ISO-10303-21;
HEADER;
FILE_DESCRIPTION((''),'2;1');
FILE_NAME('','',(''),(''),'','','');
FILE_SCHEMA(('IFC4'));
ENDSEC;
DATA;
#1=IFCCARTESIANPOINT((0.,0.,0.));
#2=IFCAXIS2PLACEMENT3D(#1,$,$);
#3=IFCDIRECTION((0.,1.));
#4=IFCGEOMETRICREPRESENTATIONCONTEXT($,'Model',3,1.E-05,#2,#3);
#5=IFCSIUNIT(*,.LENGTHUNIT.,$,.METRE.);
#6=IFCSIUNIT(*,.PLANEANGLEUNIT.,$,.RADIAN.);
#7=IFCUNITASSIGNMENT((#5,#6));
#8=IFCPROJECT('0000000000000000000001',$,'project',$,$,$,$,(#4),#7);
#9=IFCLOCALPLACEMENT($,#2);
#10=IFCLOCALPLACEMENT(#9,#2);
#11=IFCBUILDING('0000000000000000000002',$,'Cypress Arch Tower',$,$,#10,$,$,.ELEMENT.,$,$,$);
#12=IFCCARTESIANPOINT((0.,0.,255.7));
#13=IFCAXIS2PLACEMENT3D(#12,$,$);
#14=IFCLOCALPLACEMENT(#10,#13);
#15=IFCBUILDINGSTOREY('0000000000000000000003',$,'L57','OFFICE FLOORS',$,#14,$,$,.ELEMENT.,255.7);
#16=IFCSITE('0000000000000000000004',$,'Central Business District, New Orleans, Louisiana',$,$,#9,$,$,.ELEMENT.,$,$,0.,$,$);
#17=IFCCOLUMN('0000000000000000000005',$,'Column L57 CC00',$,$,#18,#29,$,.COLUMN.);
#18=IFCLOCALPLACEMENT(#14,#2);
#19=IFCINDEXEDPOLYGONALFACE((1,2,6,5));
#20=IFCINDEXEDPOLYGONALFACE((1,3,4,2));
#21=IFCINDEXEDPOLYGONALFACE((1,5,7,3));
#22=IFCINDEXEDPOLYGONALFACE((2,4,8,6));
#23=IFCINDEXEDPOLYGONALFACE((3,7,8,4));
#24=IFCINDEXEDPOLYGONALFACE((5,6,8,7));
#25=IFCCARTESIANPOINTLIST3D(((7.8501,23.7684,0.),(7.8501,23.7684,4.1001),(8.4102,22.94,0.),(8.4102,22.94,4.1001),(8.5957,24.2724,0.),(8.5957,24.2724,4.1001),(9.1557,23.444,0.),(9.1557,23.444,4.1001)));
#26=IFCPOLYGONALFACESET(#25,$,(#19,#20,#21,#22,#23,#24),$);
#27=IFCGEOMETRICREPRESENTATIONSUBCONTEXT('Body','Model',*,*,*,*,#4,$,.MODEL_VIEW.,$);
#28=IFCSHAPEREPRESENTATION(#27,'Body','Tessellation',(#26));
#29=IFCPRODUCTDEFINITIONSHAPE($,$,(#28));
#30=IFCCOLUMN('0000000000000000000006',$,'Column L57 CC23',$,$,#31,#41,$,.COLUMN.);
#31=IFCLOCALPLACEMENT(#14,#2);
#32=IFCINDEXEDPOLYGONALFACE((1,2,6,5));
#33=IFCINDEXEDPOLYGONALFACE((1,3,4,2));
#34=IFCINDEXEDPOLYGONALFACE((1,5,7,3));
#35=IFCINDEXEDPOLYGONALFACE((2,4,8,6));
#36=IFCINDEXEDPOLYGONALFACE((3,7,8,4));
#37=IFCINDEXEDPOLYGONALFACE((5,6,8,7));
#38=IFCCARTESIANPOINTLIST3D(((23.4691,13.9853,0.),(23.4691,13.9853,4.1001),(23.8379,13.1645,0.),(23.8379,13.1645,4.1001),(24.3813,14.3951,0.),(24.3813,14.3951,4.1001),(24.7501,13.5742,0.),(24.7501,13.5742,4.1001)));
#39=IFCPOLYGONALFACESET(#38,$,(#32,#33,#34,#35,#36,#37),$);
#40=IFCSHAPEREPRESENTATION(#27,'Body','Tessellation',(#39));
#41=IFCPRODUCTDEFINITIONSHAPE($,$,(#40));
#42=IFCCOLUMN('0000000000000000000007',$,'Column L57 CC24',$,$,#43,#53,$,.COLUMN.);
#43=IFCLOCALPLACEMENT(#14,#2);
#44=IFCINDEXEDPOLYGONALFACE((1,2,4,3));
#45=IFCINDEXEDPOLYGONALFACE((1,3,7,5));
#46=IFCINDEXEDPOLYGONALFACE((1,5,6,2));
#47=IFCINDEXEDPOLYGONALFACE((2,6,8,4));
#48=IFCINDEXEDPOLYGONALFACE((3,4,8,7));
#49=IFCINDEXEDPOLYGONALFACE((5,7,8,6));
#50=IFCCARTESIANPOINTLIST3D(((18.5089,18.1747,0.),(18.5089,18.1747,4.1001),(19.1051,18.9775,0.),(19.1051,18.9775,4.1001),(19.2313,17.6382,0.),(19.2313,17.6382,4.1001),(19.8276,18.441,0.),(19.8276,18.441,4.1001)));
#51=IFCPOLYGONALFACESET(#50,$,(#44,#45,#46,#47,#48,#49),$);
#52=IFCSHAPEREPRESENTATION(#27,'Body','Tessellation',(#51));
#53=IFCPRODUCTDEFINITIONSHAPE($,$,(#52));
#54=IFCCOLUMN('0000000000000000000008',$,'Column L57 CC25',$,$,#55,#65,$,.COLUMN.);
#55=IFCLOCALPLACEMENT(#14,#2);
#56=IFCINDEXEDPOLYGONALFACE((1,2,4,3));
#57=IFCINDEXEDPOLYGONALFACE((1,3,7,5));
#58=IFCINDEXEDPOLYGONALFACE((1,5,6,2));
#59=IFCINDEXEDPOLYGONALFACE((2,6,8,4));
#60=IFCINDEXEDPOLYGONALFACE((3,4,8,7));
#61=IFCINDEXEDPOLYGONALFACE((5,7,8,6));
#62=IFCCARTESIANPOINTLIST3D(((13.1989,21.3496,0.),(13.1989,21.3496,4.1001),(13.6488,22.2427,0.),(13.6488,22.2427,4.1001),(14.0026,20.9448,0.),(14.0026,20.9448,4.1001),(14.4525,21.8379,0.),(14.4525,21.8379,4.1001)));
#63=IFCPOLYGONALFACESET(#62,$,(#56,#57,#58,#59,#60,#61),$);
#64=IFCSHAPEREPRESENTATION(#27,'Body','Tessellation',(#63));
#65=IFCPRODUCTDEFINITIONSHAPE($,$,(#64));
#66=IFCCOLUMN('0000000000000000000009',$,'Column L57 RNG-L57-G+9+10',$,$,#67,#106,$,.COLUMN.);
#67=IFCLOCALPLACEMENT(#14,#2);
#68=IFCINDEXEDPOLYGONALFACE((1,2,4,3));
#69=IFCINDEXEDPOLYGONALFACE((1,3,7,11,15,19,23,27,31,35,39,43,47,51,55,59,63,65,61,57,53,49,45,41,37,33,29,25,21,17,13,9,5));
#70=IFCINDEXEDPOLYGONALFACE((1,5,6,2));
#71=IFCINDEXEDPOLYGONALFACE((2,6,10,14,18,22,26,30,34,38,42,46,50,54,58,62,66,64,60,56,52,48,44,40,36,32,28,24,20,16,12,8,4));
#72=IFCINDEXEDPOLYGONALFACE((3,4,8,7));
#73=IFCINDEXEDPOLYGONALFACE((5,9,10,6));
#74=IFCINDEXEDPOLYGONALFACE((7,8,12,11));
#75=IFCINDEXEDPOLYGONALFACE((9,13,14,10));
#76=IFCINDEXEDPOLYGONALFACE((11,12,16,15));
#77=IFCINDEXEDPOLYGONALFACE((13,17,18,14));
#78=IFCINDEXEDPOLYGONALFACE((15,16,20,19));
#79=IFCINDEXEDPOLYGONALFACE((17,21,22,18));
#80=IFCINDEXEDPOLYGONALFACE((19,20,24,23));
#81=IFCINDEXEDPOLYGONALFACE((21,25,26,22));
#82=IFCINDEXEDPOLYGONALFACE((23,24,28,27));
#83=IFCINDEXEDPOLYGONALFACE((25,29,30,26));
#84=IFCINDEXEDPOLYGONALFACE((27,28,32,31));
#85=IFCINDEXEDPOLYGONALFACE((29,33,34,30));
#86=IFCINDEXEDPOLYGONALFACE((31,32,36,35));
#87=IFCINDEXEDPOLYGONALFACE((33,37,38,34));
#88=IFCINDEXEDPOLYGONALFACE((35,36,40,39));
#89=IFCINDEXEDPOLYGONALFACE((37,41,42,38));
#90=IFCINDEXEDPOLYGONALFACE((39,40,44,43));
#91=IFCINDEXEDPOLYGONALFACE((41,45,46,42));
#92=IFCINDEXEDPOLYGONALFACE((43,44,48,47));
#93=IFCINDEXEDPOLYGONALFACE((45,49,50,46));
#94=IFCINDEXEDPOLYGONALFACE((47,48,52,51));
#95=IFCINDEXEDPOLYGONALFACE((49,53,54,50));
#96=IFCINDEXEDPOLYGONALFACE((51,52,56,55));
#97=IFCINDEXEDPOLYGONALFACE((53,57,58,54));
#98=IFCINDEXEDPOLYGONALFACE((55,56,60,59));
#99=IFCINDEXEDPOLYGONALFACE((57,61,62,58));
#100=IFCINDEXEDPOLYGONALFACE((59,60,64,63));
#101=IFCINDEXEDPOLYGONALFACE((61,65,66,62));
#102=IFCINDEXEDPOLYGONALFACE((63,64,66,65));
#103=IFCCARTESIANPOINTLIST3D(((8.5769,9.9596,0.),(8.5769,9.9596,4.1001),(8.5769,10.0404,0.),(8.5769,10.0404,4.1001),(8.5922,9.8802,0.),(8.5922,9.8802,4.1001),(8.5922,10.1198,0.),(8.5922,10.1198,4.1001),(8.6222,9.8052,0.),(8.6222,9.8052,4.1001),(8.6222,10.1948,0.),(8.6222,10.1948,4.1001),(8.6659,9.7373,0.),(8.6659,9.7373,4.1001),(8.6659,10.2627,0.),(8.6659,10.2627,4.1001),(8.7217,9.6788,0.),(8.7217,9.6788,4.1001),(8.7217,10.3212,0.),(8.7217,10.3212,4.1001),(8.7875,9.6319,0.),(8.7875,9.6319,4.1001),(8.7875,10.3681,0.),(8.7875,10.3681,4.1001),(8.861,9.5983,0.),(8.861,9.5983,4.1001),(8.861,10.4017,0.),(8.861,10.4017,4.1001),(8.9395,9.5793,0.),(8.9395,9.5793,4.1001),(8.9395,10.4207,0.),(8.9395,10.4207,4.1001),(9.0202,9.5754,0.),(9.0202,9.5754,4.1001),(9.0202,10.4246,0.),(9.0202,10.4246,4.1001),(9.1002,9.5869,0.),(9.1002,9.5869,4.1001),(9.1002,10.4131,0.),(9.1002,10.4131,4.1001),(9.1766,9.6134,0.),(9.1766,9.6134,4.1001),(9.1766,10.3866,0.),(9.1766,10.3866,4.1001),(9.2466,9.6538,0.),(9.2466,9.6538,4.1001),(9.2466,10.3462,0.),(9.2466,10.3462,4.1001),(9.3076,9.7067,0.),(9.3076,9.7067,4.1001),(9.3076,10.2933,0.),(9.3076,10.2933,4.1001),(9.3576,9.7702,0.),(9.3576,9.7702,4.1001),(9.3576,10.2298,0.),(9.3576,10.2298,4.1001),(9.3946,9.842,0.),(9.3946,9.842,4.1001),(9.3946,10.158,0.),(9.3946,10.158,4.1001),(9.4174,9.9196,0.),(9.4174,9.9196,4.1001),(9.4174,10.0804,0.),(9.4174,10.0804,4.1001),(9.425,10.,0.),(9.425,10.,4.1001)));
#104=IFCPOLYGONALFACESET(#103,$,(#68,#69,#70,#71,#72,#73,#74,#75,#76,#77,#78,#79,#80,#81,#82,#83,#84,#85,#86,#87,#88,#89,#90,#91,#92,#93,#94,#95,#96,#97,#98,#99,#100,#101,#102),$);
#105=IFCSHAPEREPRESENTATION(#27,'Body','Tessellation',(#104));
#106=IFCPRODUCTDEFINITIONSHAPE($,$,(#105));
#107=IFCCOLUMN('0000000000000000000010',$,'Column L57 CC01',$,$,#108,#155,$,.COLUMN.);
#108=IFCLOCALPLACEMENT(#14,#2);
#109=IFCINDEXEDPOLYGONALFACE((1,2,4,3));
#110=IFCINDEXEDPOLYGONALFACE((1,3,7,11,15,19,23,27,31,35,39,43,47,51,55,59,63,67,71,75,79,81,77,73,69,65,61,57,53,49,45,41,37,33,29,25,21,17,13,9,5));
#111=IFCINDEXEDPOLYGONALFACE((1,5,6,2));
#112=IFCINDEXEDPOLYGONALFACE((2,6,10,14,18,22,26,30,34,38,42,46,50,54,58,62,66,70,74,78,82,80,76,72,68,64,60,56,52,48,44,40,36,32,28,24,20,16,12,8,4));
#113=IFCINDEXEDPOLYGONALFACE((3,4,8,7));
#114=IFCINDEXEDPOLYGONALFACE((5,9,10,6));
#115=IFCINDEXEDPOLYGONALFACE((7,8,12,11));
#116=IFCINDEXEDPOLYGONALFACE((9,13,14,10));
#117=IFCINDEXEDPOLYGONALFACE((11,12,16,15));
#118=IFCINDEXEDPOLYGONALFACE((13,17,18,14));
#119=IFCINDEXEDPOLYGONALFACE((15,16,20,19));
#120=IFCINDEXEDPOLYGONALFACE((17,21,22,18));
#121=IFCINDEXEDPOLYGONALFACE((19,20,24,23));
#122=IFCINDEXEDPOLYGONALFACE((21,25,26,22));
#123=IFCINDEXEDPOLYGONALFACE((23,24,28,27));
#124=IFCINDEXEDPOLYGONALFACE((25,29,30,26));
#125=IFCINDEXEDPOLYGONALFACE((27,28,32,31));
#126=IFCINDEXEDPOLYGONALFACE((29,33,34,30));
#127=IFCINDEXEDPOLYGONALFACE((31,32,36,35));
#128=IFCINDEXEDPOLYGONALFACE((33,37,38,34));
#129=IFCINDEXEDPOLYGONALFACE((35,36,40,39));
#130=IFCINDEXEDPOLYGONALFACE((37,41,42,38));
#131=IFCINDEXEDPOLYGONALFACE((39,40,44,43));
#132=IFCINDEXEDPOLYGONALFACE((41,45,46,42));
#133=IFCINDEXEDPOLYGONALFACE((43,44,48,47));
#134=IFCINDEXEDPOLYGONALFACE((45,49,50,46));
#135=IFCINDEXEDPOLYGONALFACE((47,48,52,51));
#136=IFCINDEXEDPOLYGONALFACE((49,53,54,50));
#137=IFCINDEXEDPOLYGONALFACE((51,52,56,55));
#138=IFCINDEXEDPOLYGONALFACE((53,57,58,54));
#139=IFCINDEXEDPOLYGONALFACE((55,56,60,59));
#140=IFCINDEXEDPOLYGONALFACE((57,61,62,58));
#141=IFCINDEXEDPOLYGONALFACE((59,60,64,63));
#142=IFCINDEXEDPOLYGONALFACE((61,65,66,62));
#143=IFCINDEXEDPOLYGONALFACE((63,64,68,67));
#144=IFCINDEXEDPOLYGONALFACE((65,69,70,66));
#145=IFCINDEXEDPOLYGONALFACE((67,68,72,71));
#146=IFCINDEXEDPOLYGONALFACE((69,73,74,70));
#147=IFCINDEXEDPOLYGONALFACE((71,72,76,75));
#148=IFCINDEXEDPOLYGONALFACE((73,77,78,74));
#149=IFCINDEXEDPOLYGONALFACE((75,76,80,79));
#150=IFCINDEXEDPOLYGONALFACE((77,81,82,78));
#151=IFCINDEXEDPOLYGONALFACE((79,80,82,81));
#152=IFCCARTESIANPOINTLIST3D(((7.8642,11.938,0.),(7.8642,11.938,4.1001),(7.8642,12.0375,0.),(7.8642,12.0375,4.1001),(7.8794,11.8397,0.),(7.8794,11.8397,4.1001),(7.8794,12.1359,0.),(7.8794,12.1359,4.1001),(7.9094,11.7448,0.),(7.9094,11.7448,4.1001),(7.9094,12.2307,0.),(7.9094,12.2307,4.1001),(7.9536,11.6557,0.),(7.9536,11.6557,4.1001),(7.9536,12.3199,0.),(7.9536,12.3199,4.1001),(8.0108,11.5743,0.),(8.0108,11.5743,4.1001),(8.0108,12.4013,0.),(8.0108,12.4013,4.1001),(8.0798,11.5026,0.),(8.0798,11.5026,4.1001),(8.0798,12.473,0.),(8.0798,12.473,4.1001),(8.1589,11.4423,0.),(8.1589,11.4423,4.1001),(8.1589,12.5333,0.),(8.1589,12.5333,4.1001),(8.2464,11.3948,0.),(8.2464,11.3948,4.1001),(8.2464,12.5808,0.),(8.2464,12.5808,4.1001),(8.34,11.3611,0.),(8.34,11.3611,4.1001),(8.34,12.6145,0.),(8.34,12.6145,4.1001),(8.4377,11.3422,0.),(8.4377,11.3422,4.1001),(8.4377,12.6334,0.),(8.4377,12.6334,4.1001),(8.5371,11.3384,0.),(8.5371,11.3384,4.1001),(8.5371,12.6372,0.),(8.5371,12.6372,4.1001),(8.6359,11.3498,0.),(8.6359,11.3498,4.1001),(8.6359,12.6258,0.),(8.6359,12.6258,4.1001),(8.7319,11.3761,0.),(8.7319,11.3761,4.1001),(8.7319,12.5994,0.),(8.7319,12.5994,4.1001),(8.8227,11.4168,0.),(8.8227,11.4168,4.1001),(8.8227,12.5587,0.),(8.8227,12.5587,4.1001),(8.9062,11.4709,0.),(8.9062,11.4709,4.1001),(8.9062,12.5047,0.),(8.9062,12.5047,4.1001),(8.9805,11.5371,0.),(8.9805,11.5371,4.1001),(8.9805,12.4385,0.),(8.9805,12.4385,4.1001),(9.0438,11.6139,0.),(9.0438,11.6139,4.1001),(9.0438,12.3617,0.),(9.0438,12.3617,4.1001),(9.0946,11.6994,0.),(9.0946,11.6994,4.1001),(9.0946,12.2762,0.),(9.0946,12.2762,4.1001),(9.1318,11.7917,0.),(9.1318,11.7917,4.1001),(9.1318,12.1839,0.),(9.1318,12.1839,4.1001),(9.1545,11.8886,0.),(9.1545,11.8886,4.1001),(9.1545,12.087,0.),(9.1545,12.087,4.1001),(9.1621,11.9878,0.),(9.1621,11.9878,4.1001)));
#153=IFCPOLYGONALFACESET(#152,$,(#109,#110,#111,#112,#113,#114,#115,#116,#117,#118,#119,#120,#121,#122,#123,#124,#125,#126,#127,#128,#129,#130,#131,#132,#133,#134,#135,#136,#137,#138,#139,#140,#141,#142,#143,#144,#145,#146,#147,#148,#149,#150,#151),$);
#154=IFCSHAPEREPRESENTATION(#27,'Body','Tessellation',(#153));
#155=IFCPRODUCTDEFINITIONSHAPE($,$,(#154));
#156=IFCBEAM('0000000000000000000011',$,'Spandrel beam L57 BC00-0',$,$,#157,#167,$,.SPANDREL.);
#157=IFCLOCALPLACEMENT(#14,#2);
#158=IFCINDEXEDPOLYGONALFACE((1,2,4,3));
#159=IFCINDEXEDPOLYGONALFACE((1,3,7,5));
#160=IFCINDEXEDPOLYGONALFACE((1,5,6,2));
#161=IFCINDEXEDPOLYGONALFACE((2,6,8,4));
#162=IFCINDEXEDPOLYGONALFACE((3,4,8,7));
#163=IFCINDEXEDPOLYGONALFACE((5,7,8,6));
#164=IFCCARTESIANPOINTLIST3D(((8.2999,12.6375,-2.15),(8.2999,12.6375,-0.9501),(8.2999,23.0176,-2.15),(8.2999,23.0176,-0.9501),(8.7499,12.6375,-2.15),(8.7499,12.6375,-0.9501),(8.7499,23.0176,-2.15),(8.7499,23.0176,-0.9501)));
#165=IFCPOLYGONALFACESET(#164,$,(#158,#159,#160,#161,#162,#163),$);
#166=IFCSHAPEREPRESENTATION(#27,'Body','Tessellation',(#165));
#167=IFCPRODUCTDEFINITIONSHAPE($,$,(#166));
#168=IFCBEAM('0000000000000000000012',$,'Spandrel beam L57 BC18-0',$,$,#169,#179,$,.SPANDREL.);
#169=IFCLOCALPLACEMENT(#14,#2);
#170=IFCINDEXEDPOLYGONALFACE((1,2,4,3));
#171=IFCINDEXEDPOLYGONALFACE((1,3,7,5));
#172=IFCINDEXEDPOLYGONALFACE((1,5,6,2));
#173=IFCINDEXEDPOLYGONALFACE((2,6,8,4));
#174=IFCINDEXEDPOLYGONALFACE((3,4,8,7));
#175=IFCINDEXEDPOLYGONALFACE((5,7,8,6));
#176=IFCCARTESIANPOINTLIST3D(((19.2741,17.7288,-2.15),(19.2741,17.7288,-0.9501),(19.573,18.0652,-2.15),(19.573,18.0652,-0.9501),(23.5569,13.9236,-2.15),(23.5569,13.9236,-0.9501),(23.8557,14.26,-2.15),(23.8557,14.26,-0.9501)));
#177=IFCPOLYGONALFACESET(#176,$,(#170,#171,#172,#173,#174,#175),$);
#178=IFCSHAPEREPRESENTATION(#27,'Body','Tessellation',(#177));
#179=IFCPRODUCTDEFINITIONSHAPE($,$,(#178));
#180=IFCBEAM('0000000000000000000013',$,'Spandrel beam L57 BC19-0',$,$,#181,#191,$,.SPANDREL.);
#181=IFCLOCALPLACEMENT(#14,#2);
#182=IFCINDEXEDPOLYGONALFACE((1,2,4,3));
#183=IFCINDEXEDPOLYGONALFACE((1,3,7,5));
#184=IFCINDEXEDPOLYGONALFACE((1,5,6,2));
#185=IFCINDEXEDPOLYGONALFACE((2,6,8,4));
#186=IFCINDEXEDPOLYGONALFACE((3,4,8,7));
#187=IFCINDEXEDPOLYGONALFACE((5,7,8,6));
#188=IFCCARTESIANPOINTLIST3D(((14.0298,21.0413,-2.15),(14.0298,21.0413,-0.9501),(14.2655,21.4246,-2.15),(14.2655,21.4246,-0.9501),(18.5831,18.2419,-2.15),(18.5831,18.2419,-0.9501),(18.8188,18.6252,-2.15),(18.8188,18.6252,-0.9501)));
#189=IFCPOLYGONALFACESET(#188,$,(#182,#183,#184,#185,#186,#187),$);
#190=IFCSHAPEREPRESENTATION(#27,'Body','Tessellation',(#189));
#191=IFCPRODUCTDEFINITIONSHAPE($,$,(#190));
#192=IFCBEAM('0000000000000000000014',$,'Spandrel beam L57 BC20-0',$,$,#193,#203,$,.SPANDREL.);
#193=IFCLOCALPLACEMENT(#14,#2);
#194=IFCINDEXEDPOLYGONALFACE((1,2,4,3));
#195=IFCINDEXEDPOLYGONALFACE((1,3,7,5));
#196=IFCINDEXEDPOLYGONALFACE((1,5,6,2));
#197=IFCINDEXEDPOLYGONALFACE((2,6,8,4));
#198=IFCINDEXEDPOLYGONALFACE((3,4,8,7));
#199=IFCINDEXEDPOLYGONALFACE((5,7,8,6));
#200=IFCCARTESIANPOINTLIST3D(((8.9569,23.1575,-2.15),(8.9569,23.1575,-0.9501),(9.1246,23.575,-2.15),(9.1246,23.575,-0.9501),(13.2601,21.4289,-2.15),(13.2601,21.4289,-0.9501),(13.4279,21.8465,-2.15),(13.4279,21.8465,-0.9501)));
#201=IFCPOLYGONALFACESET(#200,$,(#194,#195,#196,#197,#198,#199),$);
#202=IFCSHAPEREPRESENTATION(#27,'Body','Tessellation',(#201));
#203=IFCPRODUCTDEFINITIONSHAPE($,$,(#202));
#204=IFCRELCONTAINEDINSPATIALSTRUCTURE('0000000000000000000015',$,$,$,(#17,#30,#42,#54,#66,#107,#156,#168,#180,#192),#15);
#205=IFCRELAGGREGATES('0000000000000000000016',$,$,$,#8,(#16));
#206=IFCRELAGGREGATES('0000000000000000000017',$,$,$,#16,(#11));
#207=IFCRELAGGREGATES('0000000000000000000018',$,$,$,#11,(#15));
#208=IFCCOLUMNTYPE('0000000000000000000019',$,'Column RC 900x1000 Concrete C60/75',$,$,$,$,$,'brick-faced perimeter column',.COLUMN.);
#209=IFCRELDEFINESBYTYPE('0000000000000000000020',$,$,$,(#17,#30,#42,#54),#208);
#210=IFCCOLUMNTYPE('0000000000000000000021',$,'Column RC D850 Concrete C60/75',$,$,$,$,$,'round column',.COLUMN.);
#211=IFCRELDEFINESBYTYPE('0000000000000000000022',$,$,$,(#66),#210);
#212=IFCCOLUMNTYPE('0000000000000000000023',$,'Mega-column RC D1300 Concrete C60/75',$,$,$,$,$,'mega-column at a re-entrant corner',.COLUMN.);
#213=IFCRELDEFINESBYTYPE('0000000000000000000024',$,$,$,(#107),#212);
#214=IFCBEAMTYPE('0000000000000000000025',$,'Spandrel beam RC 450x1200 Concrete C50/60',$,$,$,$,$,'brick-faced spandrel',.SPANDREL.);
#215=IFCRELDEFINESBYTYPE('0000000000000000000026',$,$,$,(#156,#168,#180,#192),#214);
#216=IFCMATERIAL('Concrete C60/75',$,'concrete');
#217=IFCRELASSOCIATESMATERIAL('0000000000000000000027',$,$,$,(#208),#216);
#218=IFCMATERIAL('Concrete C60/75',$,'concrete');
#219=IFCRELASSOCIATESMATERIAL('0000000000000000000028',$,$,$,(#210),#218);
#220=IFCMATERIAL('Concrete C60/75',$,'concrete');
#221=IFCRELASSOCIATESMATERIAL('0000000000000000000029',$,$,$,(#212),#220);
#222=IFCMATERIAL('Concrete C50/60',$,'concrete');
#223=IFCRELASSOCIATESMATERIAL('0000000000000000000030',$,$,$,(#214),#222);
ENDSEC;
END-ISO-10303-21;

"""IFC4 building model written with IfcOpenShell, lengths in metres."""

from ifc_helpers import new_model, si_unit, direction, frame, origin, origin_2d, place, context, subcontext, project, spatial, rectangle, circle, extrude, material, material_profile, profile_set, type_object, element, save


model = new_model("IFC4")

# Units and contexts
model_context = context("Model", 3, precision=1e-05, world=origin(), true_north=direction((0.0, 1.0)))
body_context = subcontext(model_context, "Body", "Model", "MODEL_VIEW")
ifc_project = project(units=[si_unit("LENGTHUNIT", "METRE"), si_unit("PLANEANGLEUNIT", "RADIAN")], contexts=[model_context])

# Site, building, storey
site_placement = place(None, origin())
site = spatial("IfcSite", under=ifc_project, at=site_placement, Name="Central Business District, New Orleans, Louisiana", CompositionType="ELEMENT", RefElevation=0.0)
building_placement = place(site_placement, origin())
building = spatial("IfcBuilding", under=site, at=building_placement, Name="Cypress Arch Tower", CompositionType="ELEMENT")
storey_placement = place(building_placement, frame((0.0, 0.0, 255.7)))
storey = spatial("IfcBuildingStorey", under=building, at=storey_placement, Name="L57", Description="OFFICE FLOORS", CompositionType="ELEMENT", Elevation=255.7)

# Columns
ifc_material_1 = material(Name="Concrete C60/75", Category="concrete")
ifc_material_profile_1 = material_profile(ifc_material_1, rectangle(XDim=0.8999, YDim=1.0, at=origin_2d()), Name="RC 900x1000")
ifc_profile_set_1 = profile_set([ifc_material_profile_1], Name="Concrete C60/75")
column_type_1 = type_object("IfcColumnType", Name="Column RC 900x1000 Concrete C60/75", ElementType="brick-faced perimeter column", PredefinedType="COLUMN", material=ifc_profile_set_1)
for number, where, z_axis, x_axis, name in (
    (1, (8.5029, 23.6062, 0.0), (0.0, 0.0, 1.0), (-0.82847, -0.560034, 0.0), "Column L57 CC00"),
    (2, (24.1096, 13.7798, 0.0), (0.0, 0.0, 1.0), (-0.409765, 0.912191, 0.0), "Column L57 CC23"),
    (3, (19.1682, 18.3079, 0.0), (0.0, 0.0, 1.0), (-0.802799, 0.59625, 0.0), "Column L57 CC24"),
    (4, (13.8257, 21.5938, 0.0), (0.0, 0.0, 1.0), (-0.893106, 0.449845, 0.0), "Column L57 CC25"),
):
    element("IfcColumn", number, at=place(storey_placement, frame(where, z_axis=z_axis, x_axis=x_axis)), inside=storey, type_object=column_type_1, Name=name, PredefinedType="COLUMN", context=body_context, shape_type="SweptSolid", body=[
        extrude(rectangle(XDim=0.8999, YDim=1.0, at=origin_2d()), origin(), (0.0, 0.0, 1.0), 4.1001),
    ])
ifc_material_2 = material(Name="Concrete C60/75", Category="concrete")
ifc_material_profile_2 = material_profile(ifc_material_2, circle(Radius=0.425, at=origin_2d()), Name="RC D850")
ifc_profile_set_2 = profile_set([ifc_material_profile_2], Name="Concrete C60/75")
column_type_2 = type_object("IfcColumnType", Name="Column RC D850 Concrete C60/75", ElementType="round column", PredefinedType="COLUMN", material=ifc_profile_set_2)
column_1_placement = place(storey_placement, frame((9.0, 10.0, 0.0), z_axis=(0.0, 0.0, 1.0), x_axis=(1.0, 0.0, 0.0)))
element("IfcColumn", 5, at=column_1_placement, inside=storey, type_object=column_type_2, Name="Column L57 RNG-L57-G+9+10", PredefinedType="COLUMN", context=body_context, shape_type="SweptSolid", body=[
    extrude(circle(Radius=0.425, at=origin_2d()), origin(), (0.0, 0.0, 1.0), 4.1001),
])
ifc_material_3 = material(Name="Concrete C60/75", Category="concrete")
ifc_material_profile_3 = material_profile(ifc_material_3, circle(Radius=0.6499, at=origin_2d()), Name="RC D1300")
ifc_profile_set_3 = profile_set([ifc_material_profile_3], Name="Concrete C60/75")
column_type_3 = type_object("IfcColumnType", Name="Mega-column RC D1300 Concrete C60/75", ElementType="mega-column at a re-entrant corner", PredefinedType="COLUMN", material=ifc_profile_set_3)
column_2_placement = place(storey_placement, frame((8.5122, 11.9878, 0.0), z_axis=(0.0, 0.0, 1.0), x_axis=(1.0, 0.0, 0.0)))
element("IfcColumn", 6, at=column_2_placement, inside=storey, type_object=column_type_3, Name="Column L57 CC01", PredefinedType="COLUMN", context=body_context, shape_type="SweptSolid", body=[
    extrude(circle(Radius=0.6499, at=origin_2d()), origin(), (0.0, 0.0, 1.0), 4.1001),
])

# Beams
ifc_material_4 = material(Name="Concrete C50/60", Category="concrete")
ifc_material_profile_4 = material_profile(ifc_material_4, rectangle(XDim=0.45, YDim=1.2, at=origin_2d()), Name="RC 450x1200")
ifc_profile_set_4 = profile_set([ifc_material_profile_4], Name="Concrete C50/60")
beam_type = type_object("IfcBeamType", Name="Spandrel beam RC 450x1200 Concrete C50/60", ElementType="brick-faced spandrel", PredefinedType="SPANDREL", material=ifc_profile_set_4)
beam_1_placement = place(storey_placement, frame((8.5249, 23.0176, -1.55), z_axis=(0.0, -1.0, 0.0), x_axis=(1.0, 0.0, 0.0)))
element("IfcBeam", 7, at=beam_1_placement, inside=storey, type_object=beam_type, Name="Spandrel beam L57 BC00-0", PredefinedType="SPANDREL", context=body_context, shape_type="SweptSolid", body=[
    extrude(rectangle(XDim=0.45, YDim=1.2, at=origin_2d()), origin(), (0.0, 0.0, 1.0), 10.3801),
])
beam_2_placement = place(storey_placement, frame((23.7063, 14.0918, -1.55), z_axis=(-0.747555, 0.6642, 0.0), x_axis=(-0.6642, -0.747555, 0.0)))
element("IfcBeam", 8, at=beam_2_placement, inside=storey, type_object=beam_type, Name="Spandrel beam L57 BC18-0", PredefinedType="SPANDREL", context=body_context, shape_type="SweptSolid", body=[
    extrude(rectangle(XDim=0.45, YDim=1.2, at=origin_2d()), origin(), (0.0, 0.0, 1.0), 5.729),
])
beam_3_placement = place(storey_placement, frame((18.7009, 18.4336, -1.55), z_axis=(-0.851881, 0.523735, 0.0), x_axis=(-0.523735, -0.851881, 0.0)))
element("IfcBeam", 9, at=beam_3_placement, inside=storey, type_object=beam_type, Name="Spandrel beam L57 BC19-0", PredefinedType="SPANDREL", context=body_context, shape_type="SweptSolid", body=[
    extrude(rectangle(XDim=0.45, YDim=1.2, at=origin_2d()), origin(), (0.0, 0.0, 1.0), 5.345),
])
beam_4_placement = place(storey_placement, frame((13.344, 21.6377, -1.55), z_axis=(-0.927938, 0.372734, 0.0), x_axis=(-0.372734, -0.927938, 0.0)))
element("IfcBeam", 10, at=beam_4_placement, inside=storey, type_object=beam_type, Name="Spandrel beam L57 BC20-0", PredefinedType="SPANDREL", context=body_context, shape_type="SweptSolid", body=[
    extrude(rectangle(XDim=0.45, YDim=1.2, at=origin_2d()), origin(), (0.0, 0.0, 1.0), 4.6375),
])

save(model, "model.ifc")
